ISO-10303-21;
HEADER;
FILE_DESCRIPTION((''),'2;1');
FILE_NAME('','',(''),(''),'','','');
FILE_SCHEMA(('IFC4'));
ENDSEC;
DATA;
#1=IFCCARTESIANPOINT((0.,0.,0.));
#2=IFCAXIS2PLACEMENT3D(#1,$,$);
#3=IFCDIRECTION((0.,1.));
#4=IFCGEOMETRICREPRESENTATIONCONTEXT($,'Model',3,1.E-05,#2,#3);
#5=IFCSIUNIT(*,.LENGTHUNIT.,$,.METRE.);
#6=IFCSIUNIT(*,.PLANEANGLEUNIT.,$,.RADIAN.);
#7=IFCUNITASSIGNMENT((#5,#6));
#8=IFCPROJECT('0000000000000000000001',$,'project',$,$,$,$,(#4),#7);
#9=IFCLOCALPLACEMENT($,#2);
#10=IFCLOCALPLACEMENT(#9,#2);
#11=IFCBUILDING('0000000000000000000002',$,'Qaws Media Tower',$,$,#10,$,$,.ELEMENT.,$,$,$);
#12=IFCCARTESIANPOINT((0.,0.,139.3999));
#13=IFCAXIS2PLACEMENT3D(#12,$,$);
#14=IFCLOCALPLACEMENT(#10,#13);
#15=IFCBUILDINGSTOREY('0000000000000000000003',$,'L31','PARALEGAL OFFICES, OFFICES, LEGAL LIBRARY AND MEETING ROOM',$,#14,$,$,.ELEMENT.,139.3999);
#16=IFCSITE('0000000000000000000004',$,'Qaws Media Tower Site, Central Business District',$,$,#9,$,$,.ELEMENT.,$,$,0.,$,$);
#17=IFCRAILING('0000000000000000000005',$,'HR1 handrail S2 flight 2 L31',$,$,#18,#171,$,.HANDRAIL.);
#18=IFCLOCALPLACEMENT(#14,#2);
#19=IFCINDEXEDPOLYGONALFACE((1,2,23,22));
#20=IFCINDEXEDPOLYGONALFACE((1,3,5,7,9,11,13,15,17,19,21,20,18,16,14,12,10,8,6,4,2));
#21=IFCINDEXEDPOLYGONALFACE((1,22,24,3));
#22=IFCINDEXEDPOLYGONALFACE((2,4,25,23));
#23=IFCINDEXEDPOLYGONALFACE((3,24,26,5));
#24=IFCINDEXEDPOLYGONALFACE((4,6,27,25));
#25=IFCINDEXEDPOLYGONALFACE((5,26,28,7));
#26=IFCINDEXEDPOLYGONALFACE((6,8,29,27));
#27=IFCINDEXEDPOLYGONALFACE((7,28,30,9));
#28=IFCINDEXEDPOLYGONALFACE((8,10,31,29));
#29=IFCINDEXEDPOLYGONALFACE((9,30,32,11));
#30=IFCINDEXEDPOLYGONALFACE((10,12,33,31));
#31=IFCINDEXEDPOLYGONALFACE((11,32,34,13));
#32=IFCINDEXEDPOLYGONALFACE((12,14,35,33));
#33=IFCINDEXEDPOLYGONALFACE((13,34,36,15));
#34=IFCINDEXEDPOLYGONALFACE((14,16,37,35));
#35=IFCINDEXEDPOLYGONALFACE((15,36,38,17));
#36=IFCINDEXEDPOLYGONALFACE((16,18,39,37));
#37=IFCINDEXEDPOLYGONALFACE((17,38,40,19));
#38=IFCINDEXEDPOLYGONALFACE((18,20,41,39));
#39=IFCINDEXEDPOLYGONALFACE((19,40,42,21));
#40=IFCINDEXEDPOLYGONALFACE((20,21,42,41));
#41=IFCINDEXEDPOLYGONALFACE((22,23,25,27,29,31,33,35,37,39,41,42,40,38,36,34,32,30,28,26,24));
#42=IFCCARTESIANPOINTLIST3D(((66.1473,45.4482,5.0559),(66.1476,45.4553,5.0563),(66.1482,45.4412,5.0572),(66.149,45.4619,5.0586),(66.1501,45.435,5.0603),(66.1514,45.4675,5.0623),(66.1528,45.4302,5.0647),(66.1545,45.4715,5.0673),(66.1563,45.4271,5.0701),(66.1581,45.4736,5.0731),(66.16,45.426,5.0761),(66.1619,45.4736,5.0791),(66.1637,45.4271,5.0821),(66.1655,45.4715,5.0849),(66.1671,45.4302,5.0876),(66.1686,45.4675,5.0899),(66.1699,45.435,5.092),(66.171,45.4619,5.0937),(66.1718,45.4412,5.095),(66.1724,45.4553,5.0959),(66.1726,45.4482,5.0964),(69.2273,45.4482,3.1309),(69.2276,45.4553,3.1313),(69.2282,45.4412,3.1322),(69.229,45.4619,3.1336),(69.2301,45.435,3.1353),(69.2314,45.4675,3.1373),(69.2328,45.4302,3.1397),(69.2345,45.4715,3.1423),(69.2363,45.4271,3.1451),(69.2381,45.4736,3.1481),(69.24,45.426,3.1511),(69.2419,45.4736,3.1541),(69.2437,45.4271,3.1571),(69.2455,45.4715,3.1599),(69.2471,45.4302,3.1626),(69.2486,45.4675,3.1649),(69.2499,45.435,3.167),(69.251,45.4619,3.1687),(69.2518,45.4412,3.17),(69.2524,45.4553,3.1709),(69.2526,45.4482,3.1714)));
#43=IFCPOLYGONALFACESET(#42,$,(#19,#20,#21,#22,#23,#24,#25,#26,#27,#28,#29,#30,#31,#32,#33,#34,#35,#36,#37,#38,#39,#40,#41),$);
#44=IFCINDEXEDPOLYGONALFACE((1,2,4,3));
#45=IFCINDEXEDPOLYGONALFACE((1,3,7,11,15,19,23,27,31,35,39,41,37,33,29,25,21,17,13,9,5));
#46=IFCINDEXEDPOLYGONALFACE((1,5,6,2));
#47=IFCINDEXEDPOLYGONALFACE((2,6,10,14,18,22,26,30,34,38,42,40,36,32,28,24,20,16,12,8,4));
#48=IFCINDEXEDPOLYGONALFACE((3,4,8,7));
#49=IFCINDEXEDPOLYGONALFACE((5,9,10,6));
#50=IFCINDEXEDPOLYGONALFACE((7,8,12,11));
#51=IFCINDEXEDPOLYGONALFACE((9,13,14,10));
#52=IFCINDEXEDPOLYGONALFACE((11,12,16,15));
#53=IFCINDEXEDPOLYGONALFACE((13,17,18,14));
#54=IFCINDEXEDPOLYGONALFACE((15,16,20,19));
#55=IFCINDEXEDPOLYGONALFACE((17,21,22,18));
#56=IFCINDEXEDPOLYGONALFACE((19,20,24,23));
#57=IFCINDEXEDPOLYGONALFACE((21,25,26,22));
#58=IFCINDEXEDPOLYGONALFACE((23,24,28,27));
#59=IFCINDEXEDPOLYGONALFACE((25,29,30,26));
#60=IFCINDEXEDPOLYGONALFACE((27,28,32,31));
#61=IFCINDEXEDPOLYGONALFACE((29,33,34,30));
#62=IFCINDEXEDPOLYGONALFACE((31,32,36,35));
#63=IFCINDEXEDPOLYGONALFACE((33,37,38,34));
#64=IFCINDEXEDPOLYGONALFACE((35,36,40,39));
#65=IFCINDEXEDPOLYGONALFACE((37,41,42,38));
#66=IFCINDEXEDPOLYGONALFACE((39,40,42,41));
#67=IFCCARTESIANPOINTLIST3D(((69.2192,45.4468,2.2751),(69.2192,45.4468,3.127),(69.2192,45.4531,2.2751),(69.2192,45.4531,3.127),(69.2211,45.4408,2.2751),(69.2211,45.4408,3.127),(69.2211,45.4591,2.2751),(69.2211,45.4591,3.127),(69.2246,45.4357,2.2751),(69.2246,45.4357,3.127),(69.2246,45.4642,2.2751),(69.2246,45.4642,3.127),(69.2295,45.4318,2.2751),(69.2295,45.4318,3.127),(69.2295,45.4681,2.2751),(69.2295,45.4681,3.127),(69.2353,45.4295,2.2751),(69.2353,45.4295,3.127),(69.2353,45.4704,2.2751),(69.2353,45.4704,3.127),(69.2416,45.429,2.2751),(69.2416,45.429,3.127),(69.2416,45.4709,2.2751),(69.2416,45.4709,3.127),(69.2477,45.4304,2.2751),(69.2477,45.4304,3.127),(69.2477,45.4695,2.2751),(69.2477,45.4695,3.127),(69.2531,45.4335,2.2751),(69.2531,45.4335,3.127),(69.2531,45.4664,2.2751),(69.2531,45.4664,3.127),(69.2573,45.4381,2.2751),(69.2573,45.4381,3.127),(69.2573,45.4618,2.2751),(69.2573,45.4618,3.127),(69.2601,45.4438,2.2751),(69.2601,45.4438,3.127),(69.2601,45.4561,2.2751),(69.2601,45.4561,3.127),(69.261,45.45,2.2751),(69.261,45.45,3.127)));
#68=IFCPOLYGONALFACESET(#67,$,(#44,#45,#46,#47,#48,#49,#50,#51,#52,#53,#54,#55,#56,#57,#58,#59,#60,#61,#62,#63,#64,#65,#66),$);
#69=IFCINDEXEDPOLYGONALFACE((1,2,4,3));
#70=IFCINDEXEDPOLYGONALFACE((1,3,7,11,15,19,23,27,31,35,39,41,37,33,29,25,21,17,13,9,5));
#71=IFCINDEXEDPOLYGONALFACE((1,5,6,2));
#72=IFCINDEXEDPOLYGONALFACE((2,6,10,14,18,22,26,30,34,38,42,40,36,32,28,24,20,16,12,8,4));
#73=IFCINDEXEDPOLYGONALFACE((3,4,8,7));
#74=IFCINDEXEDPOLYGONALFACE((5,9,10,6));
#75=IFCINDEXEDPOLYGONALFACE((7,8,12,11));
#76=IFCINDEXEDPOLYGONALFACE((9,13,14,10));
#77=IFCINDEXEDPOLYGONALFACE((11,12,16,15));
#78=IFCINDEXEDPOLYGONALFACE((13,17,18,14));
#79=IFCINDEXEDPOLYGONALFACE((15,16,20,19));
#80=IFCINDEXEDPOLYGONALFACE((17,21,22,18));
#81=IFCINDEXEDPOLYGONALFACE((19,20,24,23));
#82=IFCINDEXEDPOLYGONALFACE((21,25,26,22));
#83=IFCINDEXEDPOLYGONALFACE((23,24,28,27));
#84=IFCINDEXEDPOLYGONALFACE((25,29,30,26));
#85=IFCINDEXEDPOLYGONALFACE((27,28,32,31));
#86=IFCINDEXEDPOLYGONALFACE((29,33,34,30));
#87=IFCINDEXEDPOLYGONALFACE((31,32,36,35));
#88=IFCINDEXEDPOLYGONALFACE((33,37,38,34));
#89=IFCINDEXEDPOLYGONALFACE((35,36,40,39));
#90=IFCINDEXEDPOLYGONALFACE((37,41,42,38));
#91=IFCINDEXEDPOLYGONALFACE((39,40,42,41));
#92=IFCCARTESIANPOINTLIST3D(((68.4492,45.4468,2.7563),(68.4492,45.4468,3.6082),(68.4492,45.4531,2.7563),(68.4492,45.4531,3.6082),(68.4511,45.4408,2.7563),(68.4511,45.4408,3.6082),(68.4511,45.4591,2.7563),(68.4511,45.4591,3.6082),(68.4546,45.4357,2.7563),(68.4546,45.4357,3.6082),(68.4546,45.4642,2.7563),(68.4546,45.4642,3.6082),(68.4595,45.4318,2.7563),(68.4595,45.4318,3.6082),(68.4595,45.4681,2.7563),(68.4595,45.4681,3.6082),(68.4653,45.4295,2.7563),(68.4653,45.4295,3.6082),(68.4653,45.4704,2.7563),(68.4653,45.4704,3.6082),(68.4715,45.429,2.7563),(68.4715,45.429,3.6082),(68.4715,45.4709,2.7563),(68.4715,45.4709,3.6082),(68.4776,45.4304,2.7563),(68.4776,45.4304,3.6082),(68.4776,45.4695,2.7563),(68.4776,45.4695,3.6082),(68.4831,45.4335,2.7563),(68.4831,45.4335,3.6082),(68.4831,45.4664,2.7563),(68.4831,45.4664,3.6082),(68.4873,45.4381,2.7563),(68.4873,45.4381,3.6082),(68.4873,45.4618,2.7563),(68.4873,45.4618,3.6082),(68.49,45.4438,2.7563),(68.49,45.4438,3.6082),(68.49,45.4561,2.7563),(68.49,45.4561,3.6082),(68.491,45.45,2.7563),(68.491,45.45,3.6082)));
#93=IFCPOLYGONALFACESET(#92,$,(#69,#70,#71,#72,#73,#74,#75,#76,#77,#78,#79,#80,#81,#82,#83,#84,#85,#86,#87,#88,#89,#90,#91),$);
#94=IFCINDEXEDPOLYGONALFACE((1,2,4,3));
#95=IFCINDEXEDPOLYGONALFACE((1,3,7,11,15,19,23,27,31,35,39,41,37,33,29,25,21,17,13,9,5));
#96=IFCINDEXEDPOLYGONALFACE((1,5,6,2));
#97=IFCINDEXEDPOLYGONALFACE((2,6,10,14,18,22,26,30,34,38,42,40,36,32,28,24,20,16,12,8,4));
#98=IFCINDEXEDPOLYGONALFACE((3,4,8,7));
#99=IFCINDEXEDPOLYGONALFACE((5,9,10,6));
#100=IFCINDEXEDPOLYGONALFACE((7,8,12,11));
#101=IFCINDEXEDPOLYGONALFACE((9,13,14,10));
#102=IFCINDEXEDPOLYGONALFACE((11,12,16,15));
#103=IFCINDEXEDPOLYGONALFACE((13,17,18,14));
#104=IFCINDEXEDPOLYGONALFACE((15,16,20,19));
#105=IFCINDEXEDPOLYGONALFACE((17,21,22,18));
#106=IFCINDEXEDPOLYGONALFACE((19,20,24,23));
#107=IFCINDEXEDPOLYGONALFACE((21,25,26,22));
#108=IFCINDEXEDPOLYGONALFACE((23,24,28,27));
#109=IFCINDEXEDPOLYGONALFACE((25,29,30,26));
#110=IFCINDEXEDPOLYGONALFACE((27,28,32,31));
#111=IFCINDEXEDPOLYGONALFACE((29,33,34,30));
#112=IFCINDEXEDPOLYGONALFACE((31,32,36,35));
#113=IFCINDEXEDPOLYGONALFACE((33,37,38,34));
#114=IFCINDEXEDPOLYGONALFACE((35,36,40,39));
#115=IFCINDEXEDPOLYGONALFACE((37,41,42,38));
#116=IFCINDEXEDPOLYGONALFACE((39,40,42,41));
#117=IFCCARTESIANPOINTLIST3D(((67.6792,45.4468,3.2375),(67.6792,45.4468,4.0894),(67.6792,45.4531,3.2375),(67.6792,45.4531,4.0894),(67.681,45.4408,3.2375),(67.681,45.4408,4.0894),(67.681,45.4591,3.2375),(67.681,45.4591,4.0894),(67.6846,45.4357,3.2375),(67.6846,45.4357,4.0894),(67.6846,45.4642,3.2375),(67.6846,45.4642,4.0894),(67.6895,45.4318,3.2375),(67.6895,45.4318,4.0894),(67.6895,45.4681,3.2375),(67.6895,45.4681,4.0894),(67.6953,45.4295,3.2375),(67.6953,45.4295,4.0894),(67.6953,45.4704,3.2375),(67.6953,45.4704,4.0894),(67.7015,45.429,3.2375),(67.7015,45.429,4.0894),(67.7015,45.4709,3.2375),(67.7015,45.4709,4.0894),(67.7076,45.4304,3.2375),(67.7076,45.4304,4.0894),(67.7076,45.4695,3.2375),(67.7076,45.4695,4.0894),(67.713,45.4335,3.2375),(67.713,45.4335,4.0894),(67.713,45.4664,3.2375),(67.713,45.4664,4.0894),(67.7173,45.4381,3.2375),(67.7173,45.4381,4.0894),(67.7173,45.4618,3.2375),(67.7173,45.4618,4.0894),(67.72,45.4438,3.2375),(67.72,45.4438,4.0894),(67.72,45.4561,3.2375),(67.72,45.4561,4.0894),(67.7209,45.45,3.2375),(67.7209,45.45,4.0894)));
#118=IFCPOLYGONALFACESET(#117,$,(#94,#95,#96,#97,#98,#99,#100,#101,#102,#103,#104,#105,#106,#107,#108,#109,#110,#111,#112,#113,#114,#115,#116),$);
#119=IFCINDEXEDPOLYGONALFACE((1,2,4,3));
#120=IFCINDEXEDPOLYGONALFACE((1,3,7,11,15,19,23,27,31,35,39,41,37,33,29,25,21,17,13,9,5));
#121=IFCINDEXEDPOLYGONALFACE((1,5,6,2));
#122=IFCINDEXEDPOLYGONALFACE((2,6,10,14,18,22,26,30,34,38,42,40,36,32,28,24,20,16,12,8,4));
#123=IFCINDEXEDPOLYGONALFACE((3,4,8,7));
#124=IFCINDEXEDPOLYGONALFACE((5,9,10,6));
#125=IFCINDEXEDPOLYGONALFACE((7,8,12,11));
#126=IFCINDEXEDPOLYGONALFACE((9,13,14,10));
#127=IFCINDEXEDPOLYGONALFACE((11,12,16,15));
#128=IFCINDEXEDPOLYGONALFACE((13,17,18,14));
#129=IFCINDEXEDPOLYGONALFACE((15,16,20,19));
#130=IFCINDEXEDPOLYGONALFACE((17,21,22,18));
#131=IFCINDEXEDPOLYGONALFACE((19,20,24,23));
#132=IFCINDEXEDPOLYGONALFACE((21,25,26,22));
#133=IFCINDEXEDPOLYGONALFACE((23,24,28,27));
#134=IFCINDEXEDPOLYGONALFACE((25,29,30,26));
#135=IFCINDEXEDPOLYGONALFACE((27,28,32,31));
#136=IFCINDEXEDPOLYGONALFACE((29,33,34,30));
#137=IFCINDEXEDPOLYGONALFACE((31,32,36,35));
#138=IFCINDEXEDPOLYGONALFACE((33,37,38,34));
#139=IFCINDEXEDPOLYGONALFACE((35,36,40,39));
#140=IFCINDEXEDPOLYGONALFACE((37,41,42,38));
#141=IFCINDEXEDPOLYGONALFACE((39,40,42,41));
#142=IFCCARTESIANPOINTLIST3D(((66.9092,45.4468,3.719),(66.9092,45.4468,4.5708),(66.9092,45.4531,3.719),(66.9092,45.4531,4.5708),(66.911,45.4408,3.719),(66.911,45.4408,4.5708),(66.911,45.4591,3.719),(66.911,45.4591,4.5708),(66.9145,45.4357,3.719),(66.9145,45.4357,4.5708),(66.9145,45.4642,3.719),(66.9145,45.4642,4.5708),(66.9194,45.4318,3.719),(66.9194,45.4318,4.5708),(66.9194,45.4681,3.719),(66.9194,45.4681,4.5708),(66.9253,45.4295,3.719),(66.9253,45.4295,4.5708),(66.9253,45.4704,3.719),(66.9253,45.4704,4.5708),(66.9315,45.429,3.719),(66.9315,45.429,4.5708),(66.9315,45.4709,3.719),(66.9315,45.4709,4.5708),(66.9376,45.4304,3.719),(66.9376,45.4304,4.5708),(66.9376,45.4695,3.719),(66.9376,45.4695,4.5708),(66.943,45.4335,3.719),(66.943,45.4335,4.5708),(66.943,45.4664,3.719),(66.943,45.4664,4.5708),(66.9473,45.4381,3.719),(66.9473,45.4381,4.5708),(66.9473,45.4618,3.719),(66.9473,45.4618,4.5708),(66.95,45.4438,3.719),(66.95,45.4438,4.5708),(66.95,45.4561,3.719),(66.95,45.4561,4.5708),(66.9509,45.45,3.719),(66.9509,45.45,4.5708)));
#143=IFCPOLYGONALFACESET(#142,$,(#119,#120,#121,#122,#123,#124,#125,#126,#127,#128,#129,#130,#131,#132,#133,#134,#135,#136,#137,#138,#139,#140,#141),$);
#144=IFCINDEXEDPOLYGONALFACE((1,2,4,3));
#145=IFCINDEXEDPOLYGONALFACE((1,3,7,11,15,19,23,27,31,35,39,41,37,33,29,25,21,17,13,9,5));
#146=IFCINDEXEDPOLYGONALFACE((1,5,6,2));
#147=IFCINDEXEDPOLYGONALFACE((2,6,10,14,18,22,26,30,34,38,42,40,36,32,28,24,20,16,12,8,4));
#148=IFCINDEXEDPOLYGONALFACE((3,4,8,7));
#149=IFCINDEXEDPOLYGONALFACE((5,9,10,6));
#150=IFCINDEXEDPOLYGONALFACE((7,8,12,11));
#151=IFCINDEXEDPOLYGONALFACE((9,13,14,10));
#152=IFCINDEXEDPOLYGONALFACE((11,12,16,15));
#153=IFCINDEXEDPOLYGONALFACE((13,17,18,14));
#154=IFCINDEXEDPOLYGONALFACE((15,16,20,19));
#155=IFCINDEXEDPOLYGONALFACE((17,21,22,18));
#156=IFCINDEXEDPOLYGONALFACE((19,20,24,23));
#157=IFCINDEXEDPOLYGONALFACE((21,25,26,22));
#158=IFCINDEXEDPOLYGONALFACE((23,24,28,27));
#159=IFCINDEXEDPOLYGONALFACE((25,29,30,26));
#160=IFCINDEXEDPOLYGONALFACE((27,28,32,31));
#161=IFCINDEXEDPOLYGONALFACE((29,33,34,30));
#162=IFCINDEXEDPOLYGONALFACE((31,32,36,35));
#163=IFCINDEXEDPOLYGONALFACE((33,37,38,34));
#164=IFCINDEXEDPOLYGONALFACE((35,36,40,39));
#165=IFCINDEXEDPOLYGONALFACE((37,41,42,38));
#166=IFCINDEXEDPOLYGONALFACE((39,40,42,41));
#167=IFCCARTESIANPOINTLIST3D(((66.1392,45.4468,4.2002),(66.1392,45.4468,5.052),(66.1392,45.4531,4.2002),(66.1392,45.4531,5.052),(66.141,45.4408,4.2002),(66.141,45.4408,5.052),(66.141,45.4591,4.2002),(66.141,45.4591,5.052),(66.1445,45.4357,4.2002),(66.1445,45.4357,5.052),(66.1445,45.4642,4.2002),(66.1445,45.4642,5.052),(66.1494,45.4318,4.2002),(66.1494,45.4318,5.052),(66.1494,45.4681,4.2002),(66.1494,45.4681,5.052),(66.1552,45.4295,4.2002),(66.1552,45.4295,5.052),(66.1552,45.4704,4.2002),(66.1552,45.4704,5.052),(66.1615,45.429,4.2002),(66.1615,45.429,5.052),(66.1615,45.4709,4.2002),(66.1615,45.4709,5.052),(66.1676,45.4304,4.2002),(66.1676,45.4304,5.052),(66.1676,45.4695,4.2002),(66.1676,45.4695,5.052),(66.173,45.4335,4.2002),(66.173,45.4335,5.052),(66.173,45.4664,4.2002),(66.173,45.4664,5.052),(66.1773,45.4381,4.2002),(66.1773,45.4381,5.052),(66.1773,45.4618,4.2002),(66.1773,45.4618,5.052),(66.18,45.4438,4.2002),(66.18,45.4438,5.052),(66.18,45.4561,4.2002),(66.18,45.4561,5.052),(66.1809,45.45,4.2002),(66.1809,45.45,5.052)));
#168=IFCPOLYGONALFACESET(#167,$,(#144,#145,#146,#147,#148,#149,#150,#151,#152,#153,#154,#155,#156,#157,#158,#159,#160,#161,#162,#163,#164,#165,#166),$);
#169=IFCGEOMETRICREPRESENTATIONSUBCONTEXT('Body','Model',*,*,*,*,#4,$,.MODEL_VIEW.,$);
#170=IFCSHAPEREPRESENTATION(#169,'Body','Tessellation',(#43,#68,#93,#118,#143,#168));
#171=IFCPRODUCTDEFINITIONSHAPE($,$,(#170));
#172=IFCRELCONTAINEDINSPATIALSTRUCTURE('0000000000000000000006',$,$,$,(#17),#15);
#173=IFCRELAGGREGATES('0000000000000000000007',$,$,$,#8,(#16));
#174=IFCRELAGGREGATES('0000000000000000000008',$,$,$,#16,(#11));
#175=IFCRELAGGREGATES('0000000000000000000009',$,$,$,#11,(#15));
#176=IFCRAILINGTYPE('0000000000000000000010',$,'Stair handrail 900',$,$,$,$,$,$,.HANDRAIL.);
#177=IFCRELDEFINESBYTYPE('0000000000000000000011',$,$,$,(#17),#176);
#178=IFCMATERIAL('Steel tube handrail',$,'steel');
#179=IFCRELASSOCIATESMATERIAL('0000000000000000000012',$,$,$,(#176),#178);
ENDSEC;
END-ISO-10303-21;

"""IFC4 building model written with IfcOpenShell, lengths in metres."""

from ifc_helpers import new_model, si_unit, direction, frame, origin, origin_2d, place, context, subcontext, project, spatial, circle, extrude, material, type_object, element, save


model = new_model("IFC4")

# Units and contexts
model_context = context("Model", 3, precision=1e-05, world=origin(), true_north=direction((0.0, 1.0)))
body_context = subcontext(model_context, "Body", "Model", "MODEL_VIEW")
ifc_project = project(units=[si_unit("LENGTHUNIT", "METRE"), si_unit("PLANEANGLEUNIT", "RADIAN")], contexts=[model_context])

# Site, building, storey
site_placement = place(None, origin())
site = spatial("IfcSite", under=ifc_project, at=site_placement, Name="Qaws Media Tower Site, Central Business District", CompositionType="ELEMENT", RefElevation=0.0)
building_placement = place(site_placement, origin())
building = spatial("IfcBuilding", under=site, at=building_placement, Name="Qaws Media Tower", CompositionType="ELEMENT")
storey_placement = place(building_placement, frame((0.0, 0.0, 139.3999)))
storey = spatial("IfcBuildingStorey", under=building, at=storey_placement, Name="L31", Description="PARALEGAL OFFICES, OFFICES, LEGAL LIBRARY AND MEETING ROOM", CompositionType="ELEMENT", Elevation=139.3999)

# Railing
ifc_material_1 = material(Name="Steel tube handrail", Category="steel")
railing_type = type_object("IfcRailingType", Name="Stair handrail 900", PredefinedType="HANDRAIL", material=ifc_material_1)
for number, where, name in (
    (1, (69.24, 45.45, 2.2751), "HR1 handrail S2 flight 2 L31"),
):
    element("IfcRailing", number, at=place(storey_placement, frame(where)), inside=storey, type_object=railing_type, Name=name, PredefinedType="HANDRAIL", context=body_context, shape_type="SweptSolid", body=[
        extrude(circle(Radius=0.0239, at=origin_2d()), frame((0.0, 0.0, 0.876), z_axis=(-0.847998, 0.0, 0.529999), x_axis=(0.0, -1.0, 0.0)), (0.0, 0.0, 1.0), 3.6321),
        extrude(circle(Radius=0.021, at=origin_2d()), origin(), (0.0, 0.0, 1.0), 0.8518),
        extrude(circle(Radius=0.021, at=origin_2d()), frame((-0.77, 0.0, 0.4812)), (0.0, 0.0, 1.0), 0.8518),
        extrude(circle(Radius=0.021, at=origin_2d()), frame((-1.54, 0.0, 0.9624)), (0.0, 0.0, 1.0), 0.8518),
        extrude(circle(Radius=0.021, at=origin_2d()), frame((-2.3101, 0.0, 1.4438)), (0.0, 0.0, 1.0), 0.8518),
        extrude(circle(Radius=0.021, at=origin_2d()), frame((-3.0801, 0.0, 1.925)), (0.0, 0.0, 1.0), 0.8518),
    ])

save(model, "model.ifc")
